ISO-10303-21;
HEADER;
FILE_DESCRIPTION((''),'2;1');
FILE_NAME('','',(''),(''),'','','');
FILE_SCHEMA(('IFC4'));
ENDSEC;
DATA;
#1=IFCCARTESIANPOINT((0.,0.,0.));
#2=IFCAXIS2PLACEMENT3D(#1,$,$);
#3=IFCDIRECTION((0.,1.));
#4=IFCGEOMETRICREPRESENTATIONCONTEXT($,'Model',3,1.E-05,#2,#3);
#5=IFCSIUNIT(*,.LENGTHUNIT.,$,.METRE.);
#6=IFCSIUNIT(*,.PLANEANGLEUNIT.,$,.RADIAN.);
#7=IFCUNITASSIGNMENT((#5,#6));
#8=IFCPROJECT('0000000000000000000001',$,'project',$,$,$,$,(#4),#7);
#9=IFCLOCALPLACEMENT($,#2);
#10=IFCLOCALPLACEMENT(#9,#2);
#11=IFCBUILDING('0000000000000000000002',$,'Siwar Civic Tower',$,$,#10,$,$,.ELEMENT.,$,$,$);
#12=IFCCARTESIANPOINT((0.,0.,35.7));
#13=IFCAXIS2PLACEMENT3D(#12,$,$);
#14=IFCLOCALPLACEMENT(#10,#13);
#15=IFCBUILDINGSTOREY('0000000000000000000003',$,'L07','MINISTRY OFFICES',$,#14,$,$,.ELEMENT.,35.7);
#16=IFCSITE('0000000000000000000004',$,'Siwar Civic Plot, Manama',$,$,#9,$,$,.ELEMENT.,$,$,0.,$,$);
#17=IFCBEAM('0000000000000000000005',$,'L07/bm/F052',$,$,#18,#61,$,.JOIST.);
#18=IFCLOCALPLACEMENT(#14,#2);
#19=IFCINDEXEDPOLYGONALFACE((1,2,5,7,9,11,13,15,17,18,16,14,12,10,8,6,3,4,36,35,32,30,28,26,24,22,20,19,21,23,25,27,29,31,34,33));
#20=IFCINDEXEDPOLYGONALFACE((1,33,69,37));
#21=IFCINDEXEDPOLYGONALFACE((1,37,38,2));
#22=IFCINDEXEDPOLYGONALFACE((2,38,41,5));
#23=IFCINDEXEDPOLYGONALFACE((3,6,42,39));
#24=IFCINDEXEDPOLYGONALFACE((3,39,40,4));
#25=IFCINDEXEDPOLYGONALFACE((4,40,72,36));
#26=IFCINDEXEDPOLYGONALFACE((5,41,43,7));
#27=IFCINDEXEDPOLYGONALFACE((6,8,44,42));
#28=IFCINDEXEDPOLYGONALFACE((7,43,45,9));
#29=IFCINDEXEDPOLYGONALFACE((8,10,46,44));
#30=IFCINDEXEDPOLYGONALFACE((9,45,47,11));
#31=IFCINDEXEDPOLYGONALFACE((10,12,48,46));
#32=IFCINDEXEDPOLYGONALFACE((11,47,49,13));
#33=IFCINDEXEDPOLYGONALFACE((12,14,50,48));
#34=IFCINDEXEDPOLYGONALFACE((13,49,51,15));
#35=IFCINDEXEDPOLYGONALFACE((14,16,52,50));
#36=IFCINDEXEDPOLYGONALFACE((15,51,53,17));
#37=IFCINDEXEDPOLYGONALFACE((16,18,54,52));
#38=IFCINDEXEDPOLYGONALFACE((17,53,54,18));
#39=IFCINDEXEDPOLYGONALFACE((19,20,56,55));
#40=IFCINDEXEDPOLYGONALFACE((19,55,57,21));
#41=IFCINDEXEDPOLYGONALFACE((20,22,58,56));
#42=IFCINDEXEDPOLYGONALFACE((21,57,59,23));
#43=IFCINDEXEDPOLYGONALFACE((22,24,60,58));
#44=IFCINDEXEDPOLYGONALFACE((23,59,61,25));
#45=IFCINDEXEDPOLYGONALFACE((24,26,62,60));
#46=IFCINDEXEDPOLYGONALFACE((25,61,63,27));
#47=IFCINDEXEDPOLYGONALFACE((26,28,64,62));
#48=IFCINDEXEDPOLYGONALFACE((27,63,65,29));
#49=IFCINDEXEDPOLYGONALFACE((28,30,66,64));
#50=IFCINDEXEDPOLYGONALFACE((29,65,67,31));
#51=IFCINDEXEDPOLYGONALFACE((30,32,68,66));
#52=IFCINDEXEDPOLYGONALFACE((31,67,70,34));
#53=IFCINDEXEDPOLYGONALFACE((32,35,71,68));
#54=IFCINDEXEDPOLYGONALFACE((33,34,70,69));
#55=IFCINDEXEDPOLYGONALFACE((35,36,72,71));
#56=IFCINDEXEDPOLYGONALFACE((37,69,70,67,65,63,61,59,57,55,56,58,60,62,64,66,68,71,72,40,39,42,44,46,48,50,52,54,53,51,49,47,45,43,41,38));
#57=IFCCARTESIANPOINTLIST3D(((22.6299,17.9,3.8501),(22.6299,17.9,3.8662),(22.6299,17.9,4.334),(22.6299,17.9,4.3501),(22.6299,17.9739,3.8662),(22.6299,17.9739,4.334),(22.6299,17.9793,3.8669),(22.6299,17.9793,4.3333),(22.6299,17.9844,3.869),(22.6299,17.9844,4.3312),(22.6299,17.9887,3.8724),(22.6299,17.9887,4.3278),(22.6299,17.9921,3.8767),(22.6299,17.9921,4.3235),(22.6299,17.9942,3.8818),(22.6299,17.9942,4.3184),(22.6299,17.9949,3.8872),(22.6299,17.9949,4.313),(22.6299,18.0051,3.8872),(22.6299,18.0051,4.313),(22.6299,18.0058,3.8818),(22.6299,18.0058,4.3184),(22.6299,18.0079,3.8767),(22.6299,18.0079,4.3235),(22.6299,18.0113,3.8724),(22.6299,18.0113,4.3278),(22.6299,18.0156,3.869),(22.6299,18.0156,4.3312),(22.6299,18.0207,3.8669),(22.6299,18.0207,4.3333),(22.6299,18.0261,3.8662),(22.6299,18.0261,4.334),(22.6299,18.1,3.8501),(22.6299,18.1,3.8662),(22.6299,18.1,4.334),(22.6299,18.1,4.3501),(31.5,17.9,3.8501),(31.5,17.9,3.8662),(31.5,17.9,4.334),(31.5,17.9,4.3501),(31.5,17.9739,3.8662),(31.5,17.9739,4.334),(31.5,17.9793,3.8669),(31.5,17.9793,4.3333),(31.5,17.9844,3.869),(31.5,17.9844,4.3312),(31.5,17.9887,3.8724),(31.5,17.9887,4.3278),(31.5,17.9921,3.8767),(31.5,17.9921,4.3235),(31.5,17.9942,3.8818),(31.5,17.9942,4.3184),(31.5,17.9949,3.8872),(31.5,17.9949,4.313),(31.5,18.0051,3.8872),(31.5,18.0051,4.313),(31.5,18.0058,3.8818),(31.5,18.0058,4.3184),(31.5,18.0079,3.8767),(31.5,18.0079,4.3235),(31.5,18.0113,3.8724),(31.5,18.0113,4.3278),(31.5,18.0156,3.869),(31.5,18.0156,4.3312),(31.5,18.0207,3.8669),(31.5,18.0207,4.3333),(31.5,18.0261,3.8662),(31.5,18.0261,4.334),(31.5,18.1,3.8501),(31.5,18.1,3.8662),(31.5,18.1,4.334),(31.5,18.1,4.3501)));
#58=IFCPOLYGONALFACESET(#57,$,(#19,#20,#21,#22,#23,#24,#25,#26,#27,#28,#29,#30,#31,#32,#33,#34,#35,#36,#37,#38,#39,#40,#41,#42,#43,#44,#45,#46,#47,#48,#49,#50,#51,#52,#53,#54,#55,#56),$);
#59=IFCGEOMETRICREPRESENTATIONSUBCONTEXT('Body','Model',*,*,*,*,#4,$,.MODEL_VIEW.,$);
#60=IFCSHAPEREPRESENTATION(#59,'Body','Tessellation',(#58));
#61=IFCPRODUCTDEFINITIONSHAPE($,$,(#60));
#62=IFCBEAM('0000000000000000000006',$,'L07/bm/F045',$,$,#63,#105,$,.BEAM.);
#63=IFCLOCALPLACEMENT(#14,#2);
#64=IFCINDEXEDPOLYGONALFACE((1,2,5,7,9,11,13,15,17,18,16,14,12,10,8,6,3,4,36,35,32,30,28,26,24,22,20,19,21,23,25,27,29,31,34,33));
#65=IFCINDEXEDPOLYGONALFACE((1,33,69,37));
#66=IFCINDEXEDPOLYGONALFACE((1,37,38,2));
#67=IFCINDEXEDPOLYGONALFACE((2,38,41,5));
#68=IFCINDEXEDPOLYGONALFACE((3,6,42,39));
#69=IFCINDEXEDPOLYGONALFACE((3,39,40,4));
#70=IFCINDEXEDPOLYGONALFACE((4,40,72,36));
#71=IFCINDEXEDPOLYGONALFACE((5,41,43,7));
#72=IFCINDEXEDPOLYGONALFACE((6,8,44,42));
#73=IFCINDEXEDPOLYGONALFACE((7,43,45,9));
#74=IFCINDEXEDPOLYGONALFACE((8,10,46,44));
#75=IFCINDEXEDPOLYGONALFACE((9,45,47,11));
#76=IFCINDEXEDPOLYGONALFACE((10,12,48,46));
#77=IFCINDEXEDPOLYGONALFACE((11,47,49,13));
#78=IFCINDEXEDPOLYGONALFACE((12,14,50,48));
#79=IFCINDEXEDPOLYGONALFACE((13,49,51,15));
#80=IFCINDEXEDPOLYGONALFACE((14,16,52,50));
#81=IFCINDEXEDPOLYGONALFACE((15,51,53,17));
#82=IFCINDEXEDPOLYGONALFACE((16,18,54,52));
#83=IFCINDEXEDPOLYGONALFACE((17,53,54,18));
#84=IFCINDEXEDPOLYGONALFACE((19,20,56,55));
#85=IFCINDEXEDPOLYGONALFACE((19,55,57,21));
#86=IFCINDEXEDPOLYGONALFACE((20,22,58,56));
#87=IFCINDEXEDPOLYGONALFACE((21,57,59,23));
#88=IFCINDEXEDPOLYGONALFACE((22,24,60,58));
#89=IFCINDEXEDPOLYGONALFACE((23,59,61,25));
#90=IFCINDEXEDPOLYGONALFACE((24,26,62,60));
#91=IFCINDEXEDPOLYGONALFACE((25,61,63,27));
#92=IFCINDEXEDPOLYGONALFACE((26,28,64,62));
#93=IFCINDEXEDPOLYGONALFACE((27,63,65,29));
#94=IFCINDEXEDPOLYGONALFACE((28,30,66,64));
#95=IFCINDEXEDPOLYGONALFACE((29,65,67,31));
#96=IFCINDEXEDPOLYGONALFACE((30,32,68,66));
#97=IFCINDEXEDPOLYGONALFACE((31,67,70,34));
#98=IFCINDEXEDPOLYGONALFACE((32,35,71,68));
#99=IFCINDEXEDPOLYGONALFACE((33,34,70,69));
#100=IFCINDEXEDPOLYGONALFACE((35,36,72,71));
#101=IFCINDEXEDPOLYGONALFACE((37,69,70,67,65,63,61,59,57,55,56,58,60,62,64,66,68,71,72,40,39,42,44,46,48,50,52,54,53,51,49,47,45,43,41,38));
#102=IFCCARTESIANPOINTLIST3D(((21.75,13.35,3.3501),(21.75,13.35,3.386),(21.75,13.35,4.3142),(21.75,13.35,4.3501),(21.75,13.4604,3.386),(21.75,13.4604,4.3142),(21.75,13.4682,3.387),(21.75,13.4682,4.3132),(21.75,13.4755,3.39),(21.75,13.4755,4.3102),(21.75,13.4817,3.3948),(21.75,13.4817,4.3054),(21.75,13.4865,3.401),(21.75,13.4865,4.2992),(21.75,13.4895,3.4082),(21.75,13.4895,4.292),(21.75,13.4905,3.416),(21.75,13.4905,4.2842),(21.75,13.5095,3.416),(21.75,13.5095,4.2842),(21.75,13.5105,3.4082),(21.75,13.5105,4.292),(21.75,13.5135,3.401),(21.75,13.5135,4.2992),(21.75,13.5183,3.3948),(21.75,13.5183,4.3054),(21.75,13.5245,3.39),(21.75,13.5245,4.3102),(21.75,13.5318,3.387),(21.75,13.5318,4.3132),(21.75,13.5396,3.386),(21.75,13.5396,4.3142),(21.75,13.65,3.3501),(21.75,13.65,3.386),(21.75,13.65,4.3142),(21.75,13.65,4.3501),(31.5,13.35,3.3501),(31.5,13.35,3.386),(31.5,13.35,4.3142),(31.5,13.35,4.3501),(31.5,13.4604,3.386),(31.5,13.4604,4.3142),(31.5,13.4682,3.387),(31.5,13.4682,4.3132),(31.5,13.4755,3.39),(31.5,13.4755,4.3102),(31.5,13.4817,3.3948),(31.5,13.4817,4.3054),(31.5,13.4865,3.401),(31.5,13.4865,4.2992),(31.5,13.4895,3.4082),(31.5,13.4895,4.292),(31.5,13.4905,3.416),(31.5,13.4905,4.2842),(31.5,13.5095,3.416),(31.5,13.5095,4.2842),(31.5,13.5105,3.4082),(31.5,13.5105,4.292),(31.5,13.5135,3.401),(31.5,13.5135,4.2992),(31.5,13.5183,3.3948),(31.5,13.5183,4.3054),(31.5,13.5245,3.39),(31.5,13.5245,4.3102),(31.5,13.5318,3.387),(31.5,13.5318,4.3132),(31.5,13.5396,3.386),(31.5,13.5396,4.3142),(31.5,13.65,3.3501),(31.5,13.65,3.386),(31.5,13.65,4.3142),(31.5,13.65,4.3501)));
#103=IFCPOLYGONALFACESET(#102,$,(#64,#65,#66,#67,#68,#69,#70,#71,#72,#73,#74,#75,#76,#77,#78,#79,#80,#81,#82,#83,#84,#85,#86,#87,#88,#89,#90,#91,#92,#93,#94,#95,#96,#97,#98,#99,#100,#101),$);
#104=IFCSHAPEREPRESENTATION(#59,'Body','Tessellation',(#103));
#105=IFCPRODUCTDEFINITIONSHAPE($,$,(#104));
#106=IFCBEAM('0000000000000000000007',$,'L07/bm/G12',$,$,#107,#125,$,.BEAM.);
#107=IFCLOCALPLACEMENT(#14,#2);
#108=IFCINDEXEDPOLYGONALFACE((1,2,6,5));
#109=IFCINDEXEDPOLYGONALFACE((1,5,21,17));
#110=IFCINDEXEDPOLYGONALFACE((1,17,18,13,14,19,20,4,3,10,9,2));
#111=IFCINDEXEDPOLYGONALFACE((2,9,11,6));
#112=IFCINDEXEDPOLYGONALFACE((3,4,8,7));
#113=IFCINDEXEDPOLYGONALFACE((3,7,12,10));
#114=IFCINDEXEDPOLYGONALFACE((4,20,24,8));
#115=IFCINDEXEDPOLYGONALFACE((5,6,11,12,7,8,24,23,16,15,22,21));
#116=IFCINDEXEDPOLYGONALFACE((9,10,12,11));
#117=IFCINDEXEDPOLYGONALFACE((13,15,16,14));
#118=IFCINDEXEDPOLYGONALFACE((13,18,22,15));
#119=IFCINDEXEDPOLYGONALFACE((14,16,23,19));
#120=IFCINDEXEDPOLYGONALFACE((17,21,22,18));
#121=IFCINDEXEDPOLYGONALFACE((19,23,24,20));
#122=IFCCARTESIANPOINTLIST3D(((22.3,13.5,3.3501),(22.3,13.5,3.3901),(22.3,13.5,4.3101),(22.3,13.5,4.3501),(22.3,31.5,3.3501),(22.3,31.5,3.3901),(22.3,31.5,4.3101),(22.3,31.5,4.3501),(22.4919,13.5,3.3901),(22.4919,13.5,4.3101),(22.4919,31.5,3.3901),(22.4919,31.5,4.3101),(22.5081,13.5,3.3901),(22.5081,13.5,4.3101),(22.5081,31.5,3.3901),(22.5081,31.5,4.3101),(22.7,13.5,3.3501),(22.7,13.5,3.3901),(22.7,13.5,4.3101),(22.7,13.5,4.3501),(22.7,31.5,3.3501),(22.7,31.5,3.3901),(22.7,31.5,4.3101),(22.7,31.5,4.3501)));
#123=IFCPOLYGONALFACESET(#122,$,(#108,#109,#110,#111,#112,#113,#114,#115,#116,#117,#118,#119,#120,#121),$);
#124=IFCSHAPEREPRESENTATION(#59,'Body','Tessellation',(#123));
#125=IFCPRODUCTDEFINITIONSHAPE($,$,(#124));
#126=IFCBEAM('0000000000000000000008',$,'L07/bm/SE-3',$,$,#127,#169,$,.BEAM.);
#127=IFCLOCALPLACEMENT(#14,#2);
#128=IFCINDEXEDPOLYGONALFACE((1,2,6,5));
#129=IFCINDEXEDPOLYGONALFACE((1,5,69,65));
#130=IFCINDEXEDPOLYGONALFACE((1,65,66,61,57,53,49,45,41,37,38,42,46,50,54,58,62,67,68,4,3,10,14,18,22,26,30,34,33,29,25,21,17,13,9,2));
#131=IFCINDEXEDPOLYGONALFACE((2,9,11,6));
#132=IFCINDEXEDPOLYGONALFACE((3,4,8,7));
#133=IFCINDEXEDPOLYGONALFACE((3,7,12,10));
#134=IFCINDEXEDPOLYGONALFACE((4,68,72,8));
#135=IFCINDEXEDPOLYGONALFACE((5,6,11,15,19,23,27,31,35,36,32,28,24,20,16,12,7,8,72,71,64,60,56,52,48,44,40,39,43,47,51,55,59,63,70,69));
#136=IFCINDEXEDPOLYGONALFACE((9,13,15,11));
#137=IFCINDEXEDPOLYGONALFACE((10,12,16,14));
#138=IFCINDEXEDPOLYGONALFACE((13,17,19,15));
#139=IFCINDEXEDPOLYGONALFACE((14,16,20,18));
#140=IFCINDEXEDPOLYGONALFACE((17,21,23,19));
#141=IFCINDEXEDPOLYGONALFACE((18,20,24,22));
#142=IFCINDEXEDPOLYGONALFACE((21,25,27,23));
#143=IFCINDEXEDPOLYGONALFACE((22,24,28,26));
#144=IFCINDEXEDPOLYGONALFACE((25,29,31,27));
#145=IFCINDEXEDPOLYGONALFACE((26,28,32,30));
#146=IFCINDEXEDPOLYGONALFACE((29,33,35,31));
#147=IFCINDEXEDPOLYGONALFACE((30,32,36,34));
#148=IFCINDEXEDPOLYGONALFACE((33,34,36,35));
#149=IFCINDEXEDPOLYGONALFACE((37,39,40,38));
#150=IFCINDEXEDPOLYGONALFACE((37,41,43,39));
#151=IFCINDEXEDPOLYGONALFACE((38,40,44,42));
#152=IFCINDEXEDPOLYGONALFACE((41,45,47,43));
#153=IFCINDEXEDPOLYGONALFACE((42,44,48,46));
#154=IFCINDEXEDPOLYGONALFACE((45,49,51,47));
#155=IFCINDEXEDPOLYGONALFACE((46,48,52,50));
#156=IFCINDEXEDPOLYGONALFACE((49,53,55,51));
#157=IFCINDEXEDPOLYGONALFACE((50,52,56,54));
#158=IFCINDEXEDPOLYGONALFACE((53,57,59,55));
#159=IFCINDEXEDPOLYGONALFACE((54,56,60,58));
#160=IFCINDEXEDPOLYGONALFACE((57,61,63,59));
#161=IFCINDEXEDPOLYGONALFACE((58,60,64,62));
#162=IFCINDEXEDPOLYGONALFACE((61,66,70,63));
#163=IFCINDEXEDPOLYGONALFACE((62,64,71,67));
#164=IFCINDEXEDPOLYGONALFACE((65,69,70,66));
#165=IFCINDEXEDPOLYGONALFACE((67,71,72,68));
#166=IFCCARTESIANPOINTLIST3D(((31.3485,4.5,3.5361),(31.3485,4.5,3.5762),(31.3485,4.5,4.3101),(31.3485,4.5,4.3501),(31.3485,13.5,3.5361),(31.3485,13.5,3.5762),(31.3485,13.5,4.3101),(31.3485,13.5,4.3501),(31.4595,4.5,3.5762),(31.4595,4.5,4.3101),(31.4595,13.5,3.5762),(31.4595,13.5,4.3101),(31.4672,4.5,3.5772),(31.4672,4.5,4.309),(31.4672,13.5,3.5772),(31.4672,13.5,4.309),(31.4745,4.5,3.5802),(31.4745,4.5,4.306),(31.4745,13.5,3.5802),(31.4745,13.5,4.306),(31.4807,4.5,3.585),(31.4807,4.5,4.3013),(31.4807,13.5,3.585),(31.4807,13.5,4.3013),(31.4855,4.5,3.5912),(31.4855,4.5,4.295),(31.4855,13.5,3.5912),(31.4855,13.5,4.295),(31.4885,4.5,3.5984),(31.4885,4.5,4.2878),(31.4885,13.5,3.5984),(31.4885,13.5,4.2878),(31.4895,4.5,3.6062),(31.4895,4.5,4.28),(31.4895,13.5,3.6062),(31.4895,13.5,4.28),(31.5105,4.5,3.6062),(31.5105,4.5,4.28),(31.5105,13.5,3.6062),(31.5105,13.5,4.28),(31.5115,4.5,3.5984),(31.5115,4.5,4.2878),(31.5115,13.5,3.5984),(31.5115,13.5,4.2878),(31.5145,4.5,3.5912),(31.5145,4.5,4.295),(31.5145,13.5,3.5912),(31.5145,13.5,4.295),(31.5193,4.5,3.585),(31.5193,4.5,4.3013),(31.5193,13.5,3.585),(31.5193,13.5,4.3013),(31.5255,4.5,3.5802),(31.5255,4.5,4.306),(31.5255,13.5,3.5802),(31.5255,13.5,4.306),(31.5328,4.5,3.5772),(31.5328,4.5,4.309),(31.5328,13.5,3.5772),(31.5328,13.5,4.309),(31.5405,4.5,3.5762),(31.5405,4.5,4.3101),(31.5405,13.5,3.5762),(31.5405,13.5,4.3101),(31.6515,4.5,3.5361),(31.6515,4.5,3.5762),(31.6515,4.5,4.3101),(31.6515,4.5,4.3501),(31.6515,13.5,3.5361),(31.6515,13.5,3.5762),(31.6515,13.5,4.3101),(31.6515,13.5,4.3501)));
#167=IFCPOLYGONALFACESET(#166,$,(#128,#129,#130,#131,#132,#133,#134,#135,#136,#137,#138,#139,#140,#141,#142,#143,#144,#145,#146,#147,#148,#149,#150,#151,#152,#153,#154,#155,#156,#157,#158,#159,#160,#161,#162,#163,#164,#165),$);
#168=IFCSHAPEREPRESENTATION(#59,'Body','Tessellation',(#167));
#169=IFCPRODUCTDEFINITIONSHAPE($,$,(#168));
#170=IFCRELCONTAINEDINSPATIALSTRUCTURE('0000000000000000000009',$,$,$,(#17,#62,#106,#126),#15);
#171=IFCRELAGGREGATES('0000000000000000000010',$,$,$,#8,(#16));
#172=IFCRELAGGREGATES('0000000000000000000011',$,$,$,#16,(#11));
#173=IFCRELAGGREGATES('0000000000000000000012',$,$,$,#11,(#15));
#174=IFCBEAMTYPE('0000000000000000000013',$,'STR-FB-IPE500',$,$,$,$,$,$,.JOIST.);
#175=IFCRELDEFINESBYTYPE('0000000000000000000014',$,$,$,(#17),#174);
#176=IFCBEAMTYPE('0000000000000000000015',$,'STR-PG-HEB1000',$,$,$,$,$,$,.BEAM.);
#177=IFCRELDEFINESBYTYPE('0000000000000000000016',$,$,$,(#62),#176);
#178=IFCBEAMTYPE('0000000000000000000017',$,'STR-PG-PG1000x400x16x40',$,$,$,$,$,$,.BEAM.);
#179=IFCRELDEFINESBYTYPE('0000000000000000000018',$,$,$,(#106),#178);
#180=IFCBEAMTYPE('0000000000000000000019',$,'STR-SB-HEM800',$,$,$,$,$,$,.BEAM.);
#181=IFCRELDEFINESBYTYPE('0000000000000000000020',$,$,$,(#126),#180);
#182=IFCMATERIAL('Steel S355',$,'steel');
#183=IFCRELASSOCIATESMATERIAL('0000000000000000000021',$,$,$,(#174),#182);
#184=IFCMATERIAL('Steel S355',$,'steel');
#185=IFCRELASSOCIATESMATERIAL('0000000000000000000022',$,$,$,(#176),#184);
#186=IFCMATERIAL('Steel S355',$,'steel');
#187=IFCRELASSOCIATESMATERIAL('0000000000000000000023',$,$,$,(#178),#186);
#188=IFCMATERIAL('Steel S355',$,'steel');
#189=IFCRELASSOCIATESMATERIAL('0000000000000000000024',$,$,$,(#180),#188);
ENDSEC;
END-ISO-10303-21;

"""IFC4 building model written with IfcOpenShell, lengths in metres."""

from ifc_helpers import new_model, si_unit, direction, frame, origin, origin_2d, place, context, subcontext, project, spatial, i_section, extrude, material, material_profile, profile_set, type_object, element, save


model = new_model("IFC4")

# Units and contexts
model_context = context("Model", 3, precision=1e-05, world=origin(), true_north=direction((0.0, 1.0)))
body_context = subcontext(model_context, "Body", "Model", "MODEL_VIEW")
ifc_project = project(units=[si_unit("LENGTHUNIT", "METRE"), si_unit("PLANEANGLEUNIT", "RADIAN")], contexts=[model_context])

# Site, building, storey
site_placement = place(None, origin())
site = spatial("IfcSite", under=ifc_project, at=site_placement, Name="Siwar Civic Plot, Manama", CompositionType="ELEMENT", RefElevation=0.0)
building_placement = place(site_placement, origin())
building = spatial("IfcBuilding", under=site, at=building_placement, Name="Siwar Civic Tower", CompositionType="ELEMENT")
storey_placement = place(building_placement, frame((0.0, 0.0, 35.7)))
storey = spatial("IfcBuildingStorey", under=building, at=storey_placement, Name="L07", Description="MINISTRY OFFICES", CompositionType="ELEMENT", Elevation=35.7)

# Beams
ifc_material_1 = material(Name="Steel S355", Category="steel")
ifc_material_profile_1 = material_profile(ifc_material_1, i_section(OverallWidth=0.2, OverallDepth=0.5, WebThickness=0.0103, FlangeThickness=0.0161, FilletRadius=0.021, at=origin_2d()), Name="IPE500")
ifc_profile_set_1 = profile_set([ifc_material_profile_1], Name="Steel S355")
beam_type_1 = type_object("IfcBeamType", Name="STR-FB-IPE500", PredefinedType="JOIST", material=ifc_profile_set_1)
beam_1_placement = place(storey_placement, frame((22.6299, 18.0, 4.1001), z_axis=(1.0, 0.0, 0.0), x_axis=(0.0, 1.0, 0.0)))
element("IfcBeam", 1, at=beam_1_placement, inside=storey, type_object=beam_type_1, Name="L07/bm/F052", PredefinedType="JOIST", context=body_context, shape_type="SweptSolid", body=[
    extrude(i_section(OverallWidth=0.2, OverallDepth=0.5, WebThickness=0.0103, FlangeThickness=0.0161, FilletRadius=0.021, at=origin_2d()), origin(), (0.0, 0.0, 1.0), 8.8701),
])
ifc_material_2 = material(Name="Steel S355", Category="steel")
ifc_material_profile_2 = material_profile(ifc_material_2, i_section(OverallWidth=0.3, OverallDepth=1.0, WebThickness=0.019, FlangeThickness=0.0359, FilletRadius=0.03, at=origin_2d()), Name="HEB1000")
ifc_profile_set_2 = profile_set([ifc_material_profile_2], Name="Steel S355")
beam_type_2 = type_object("IfcBeamType", Name="STR-PG-HEB1000", PredefinedType="BEAM", material=ifc_profile_set_2)
beam_2_placement = place(storey_placement, frame((21.75, 13.5, 3.8501), z_axis=(1.0, 0.0, 0.0), x_axis=(0.0, 1.0, 0.0)))
element("IfcBeam", 2, at=beam_2_placement, inside=storey, type_object=beam_type_2, Name="L07/bm/F045", PredefinedType="BEAM", context=body_context, shape_type="SweptSolid", body=[
    extrude(i_section(OverallWidth=0.3, OverallDepth=1.0, WebThickness=0.019, FlangeThickness=0.0359, FilletRadius=0.03, at=origin_2d()), origin(), (0.0, 0.0, 1.0), 9.75),
])
ifc_material_3 = material(Name="Steel S355", Category="steel")
ifc_material_profile_3 = material_profile(ifc_material_3, i_section(OverallWidth=0.3999, OverallDepth=1.0, WebThickness=0.0161, FlangeThickness=0.04, at=origin_2d()), Name="PG1000x400x16x40")
ifc_profile_set_3 = profile_set([ifc_material_profile_3], Name="Steel S355")
beam_type_3 = type_object("IfcBeamType", Name="STR-PG-PG1000x400x16x40", PredefinedType="BEAM", material=ifc_profile_set_3)
beam_3_placement = place(storey_placement, frame((22.5, 13.5, 3.8501), z_axis=(0.0, 1.0, 0.0), x_axis=(-1.0, 0.0, 0.0)))
element("IfcBeam", 3, at=beam_3_placement, inside=storey, type_object=beam_type_3, Name="L07/bm/G12", PredefinedType="BEAM", context=body_context, shape_type="SweptSolid", body=[
    extrude(i_section(OverallWidth=0.3999, OverallDepth=1.0, WebThickness=0.0161, FlangeThickness=0.04, at=origin_2d()), origin(), (0.0, 0.0, 1.0), 18.0),
])
ifc_material_4 = material(Name="Steel S355", Category="steel")
ifc_material_profile_4 = material_profile(ifc_material_4, i_section(OverallWidth=0.303, OverallDepth=0.814, WebThickness=0.021, FlangeThickness=0.04, FilletRadius=0.03, at=origin_2d()), Name="HEM800")
ifc_profile_set_4 = profile_set([ifc_material_profile_4], Name="Steel S355")
beam_type_4 = type_object("IfcBeamType", Name="STR-SB-HEM800", PredefinedType="BEAM", material=ifc_profile_set_4)
for number, where, z_axis, x_axis, name in (
    (4, (31.5, 4.5, 3.9431), (0.0, 1.0, 0.0), (-1.0, 0.0, 0.0), "L07/bm/SE-3"),
):
    element("IfcBeam", number, at=place(storey_placement, frame(where, z_axis=z_axis, x_axis=x_axis)), inside=storey, type_object=beam_type_4, Name=name, PredefinedType="BEAM", context=body_context, shape_type="SweptSolid", body=[
        extrude(i_section(OverallWidth=0.303, OverallDepth=0.814, WebThickness=0.021, FlangeThickness=0.04, FilletRadius=0.03, at=origin_2d()), origin(), (0.0, 0.0, 1.0), 9.0),
    ])

save(model, "model.ifc")
